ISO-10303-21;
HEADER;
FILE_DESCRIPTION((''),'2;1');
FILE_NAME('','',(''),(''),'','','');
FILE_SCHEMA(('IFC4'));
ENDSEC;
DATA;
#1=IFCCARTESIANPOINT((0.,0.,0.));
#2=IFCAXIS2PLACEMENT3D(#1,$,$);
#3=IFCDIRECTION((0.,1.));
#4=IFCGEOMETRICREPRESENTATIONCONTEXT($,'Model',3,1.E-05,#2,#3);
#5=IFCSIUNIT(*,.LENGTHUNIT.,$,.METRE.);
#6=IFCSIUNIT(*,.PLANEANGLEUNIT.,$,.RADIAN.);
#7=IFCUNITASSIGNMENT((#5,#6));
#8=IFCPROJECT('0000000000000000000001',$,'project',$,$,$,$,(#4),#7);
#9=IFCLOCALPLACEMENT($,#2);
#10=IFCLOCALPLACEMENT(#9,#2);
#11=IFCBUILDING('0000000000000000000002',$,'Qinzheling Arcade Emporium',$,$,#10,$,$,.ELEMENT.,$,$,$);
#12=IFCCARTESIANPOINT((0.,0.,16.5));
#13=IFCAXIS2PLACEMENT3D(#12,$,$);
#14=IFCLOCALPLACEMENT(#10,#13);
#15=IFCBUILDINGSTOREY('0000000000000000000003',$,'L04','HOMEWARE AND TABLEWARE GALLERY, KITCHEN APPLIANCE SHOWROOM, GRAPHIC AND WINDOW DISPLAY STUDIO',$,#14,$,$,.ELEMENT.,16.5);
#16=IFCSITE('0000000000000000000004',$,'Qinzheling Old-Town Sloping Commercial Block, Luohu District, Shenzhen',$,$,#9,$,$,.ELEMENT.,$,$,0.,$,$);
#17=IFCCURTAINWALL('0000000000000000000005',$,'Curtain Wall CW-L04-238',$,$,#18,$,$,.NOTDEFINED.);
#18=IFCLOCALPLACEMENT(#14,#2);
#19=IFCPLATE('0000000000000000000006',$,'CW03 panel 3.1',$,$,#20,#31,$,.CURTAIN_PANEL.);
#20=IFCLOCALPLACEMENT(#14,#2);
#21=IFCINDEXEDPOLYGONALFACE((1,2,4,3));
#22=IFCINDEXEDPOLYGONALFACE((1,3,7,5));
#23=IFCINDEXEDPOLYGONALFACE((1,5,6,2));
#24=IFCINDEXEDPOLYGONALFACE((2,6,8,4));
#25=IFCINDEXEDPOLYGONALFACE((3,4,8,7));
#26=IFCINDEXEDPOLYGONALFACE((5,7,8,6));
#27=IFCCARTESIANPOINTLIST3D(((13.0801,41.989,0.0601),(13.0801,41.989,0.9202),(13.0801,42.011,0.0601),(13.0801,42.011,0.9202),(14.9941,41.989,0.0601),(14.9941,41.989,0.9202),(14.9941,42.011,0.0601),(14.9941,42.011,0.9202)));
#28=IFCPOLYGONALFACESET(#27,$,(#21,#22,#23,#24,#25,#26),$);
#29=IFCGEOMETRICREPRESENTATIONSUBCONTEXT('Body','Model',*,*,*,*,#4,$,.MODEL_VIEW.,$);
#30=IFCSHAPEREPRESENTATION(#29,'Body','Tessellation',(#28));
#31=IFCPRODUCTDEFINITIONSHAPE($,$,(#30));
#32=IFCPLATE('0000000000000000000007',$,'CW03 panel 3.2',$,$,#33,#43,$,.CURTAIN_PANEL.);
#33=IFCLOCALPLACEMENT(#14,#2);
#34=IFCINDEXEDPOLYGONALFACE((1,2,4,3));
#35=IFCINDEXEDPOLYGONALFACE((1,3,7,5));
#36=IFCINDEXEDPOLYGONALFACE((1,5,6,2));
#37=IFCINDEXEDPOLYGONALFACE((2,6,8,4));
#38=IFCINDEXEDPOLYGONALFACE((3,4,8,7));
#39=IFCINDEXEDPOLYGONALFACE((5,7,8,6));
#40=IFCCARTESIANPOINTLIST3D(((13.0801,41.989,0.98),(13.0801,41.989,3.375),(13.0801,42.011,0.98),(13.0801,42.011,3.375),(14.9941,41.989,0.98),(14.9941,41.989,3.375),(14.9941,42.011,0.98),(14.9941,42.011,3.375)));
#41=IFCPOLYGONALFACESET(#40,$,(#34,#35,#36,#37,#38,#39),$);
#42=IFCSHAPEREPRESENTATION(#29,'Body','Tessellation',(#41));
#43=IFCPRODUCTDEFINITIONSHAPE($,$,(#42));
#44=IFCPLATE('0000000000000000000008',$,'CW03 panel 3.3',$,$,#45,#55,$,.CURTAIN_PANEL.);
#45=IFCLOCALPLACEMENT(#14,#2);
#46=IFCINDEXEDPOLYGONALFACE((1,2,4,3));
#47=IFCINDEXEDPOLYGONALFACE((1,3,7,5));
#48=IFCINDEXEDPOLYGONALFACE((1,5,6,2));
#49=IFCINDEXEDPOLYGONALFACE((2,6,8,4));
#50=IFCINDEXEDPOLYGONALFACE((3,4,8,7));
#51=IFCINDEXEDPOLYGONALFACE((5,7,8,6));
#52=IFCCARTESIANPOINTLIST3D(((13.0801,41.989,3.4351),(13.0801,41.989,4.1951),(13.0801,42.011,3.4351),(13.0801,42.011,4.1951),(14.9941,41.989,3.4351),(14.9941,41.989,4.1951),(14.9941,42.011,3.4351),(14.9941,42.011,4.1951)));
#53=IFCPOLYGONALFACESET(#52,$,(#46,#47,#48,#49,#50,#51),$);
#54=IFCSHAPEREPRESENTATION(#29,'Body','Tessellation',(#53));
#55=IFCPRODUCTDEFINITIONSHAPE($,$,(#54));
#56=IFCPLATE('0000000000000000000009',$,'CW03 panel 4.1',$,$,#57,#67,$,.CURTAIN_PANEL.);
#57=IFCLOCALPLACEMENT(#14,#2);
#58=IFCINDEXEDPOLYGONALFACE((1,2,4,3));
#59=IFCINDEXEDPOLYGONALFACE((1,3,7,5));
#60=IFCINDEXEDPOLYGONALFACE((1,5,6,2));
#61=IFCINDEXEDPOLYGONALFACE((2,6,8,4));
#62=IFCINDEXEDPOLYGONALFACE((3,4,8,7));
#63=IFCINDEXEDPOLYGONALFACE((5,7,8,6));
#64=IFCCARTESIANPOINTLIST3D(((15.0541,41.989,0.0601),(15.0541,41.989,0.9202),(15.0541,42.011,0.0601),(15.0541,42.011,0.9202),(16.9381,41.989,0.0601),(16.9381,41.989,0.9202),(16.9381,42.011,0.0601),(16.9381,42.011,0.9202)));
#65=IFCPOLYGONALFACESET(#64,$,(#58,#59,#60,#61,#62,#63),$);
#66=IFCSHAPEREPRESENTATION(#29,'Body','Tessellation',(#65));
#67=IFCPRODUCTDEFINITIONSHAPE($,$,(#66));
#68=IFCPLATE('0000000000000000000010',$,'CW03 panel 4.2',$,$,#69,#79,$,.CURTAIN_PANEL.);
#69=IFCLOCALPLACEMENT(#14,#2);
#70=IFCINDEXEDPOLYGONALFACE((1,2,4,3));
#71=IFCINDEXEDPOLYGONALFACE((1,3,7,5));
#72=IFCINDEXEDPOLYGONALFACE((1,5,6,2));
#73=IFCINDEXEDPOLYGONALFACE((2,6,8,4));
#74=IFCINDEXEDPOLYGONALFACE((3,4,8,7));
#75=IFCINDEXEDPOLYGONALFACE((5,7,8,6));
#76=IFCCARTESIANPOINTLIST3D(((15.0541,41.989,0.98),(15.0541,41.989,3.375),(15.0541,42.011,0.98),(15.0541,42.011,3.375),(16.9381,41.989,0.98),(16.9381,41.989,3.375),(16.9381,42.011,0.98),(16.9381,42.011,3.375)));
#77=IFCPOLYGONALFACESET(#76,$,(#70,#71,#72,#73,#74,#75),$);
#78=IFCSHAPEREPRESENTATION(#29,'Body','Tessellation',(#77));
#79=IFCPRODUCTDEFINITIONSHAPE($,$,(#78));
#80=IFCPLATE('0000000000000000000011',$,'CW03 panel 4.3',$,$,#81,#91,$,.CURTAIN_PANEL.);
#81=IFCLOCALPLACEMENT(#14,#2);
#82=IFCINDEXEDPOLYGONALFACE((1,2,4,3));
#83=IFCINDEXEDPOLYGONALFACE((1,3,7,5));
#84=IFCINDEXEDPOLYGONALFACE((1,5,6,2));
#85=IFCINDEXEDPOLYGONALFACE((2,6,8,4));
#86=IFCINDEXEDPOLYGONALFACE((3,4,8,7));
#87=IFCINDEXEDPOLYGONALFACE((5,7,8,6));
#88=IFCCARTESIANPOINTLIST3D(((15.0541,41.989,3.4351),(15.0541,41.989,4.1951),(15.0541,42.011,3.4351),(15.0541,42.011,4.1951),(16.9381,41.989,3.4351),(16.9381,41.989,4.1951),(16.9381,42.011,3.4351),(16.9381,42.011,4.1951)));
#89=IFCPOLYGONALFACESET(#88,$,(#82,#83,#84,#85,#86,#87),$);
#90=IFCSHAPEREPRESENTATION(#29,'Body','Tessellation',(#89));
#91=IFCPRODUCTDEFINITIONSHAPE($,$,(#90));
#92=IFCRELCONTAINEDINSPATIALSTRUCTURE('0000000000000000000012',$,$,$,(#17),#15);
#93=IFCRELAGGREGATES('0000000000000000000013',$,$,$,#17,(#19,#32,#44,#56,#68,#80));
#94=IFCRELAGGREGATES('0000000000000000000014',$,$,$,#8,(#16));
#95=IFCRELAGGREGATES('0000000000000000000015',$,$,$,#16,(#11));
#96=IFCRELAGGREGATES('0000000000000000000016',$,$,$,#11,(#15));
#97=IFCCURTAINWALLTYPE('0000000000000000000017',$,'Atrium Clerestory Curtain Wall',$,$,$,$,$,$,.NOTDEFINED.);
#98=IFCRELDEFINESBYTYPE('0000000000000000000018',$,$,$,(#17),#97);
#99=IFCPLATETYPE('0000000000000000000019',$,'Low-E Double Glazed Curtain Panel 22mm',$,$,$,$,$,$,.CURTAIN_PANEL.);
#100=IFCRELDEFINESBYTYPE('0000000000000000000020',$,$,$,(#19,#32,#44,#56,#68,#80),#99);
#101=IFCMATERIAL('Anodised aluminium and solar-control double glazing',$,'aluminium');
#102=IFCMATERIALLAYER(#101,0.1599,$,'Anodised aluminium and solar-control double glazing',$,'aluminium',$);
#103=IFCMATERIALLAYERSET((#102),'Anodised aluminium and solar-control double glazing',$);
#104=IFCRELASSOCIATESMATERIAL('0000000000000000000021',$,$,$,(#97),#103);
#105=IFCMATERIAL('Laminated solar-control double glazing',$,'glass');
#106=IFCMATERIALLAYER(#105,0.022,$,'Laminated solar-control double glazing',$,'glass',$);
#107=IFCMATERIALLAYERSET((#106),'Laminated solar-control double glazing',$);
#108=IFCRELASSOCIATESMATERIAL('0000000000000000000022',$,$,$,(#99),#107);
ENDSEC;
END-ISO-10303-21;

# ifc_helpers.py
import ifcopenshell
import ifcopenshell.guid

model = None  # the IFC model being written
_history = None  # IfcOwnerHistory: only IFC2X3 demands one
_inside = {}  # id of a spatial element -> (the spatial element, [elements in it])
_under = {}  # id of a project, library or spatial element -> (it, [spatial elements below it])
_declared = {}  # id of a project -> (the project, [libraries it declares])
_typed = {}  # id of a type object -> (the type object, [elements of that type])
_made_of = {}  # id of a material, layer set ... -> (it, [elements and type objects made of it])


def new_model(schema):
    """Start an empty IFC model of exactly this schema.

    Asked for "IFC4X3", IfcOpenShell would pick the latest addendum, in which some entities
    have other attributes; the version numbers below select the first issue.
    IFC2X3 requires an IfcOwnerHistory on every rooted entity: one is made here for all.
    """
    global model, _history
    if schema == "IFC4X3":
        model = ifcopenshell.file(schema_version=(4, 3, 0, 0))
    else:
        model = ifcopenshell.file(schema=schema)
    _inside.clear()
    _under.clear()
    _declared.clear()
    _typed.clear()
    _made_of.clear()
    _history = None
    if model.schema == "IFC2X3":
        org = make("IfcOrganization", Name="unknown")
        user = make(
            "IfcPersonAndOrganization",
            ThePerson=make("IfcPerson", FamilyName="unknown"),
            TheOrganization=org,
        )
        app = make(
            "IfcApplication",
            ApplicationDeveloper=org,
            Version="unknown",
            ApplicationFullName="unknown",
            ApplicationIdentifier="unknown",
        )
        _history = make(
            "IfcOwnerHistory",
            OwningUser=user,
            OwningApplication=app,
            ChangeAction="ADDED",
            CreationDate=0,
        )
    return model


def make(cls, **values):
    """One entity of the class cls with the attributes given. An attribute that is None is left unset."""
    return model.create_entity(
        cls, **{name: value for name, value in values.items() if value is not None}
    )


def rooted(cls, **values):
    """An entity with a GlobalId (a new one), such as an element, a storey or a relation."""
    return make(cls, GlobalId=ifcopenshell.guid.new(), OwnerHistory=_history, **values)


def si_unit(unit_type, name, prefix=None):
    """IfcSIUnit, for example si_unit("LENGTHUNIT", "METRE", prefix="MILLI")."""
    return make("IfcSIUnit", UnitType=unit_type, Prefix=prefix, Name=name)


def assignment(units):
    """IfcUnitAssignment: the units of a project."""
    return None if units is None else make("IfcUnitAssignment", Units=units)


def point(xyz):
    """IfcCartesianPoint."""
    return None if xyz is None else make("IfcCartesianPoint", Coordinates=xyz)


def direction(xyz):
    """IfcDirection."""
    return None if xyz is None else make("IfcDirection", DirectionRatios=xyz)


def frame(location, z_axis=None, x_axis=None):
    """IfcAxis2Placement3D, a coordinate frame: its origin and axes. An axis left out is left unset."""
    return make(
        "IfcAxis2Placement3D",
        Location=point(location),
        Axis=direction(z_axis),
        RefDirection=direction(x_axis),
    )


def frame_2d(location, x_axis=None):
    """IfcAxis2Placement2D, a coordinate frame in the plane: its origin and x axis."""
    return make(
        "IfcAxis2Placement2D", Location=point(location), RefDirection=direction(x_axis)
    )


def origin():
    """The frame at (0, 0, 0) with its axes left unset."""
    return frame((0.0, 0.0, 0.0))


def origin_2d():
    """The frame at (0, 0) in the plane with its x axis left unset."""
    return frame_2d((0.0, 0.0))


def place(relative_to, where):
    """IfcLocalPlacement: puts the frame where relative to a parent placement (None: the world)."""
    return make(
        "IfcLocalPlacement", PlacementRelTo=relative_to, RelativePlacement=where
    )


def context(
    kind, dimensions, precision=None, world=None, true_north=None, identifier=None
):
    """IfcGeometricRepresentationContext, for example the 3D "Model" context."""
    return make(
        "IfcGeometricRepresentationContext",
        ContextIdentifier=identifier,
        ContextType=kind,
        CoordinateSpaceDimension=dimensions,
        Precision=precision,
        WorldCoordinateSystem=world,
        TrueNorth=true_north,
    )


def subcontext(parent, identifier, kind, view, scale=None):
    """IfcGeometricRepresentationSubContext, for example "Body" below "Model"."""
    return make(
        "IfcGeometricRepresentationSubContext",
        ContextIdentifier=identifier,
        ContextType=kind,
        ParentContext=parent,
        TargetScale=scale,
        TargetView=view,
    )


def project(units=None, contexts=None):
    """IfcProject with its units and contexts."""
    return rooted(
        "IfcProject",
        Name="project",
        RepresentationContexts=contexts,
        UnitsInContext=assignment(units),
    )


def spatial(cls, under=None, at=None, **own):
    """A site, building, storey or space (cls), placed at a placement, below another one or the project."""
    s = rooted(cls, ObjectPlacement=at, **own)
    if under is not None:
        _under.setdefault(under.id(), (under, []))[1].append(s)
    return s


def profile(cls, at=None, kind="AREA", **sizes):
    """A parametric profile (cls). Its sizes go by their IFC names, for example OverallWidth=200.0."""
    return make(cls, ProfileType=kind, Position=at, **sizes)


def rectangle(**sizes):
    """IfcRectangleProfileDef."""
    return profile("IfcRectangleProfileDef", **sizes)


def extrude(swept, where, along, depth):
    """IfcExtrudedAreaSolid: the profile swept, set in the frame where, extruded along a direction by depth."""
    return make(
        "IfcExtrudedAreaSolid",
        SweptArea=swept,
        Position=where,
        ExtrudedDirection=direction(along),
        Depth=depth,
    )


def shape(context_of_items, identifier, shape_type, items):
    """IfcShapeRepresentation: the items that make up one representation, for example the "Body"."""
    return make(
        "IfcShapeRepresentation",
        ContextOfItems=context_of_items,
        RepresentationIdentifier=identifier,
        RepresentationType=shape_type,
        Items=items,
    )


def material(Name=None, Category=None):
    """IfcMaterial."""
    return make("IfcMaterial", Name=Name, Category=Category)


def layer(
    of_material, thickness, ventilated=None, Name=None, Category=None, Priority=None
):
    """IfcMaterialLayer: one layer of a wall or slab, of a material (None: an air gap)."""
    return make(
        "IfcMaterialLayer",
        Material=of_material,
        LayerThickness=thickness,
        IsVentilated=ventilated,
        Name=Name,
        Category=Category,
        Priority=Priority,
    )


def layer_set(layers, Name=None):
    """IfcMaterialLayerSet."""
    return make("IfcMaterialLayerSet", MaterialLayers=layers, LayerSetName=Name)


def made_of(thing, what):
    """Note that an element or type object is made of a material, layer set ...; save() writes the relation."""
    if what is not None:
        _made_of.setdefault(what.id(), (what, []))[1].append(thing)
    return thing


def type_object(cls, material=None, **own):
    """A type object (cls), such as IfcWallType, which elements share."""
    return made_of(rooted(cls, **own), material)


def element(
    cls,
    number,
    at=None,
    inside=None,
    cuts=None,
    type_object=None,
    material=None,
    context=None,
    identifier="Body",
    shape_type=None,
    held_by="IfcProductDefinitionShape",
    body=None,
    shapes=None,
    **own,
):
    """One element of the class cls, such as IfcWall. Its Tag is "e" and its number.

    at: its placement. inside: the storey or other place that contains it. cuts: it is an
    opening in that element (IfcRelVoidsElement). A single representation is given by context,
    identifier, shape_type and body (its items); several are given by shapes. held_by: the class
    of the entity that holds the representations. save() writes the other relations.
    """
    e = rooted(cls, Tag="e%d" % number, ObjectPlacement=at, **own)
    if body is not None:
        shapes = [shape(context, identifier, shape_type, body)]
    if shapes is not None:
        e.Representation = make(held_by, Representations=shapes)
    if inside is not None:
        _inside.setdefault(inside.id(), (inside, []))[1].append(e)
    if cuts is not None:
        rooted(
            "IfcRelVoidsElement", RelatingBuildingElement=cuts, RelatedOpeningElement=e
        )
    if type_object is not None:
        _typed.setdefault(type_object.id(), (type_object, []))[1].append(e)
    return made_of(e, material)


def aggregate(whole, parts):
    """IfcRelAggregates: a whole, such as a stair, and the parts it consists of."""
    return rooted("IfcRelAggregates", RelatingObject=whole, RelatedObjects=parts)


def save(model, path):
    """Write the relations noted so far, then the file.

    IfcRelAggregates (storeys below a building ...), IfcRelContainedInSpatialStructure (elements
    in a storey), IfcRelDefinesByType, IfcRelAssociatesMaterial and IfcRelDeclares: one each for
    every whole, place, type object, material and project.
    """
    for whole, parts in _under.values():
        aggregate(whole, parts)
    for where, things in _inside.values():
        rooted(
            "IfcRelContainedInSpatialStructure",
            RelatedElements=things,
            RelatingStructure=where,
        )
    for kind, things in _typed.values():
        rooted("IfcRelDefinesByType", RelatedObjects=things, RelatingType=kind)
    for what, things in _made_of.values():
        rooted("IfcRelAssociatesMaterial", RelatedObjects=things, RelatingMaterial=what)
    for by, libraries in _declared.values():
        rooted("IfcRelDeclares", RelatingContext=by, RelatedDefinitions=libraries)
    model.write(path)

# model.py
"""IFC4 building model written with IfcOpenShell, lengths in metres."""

from ifc_helpers import new_model, si_unit, direction, frame, origin, origin_2d, place, context, subcontext, project, spatial, rectangle, extrude, material, layer, layer_set, type_object, element, aggregate, save


model = new_model("IFC4")

# Units and contexts
model_context = context("Model", 3, precision=1e-05, world=origin(), true_north=direction((0.0, 1.0)))
body_context = subcontext(model_context, "Body", "Model", "MODEL_VIEW")
ifc_project = project(units=[si_unit("LENGTHUNIT", "METRE"), si_unit("PLANEANGLEUNIT", "RADIAN")], contexts=[model_context])

# Site, building, storey
site_placement = place(None, origin())
site = spatial("IfcSite", under=ifc_project, at=site_placement, Name="Qinzheling Old-Town Sloping Commercial Block, Luohu District, Shenzhen", CompositionType="ELEMENT", RefElevation=0.0)
building_placement = place(site_placement, origin())
building = spatial("IfcBuilding", under=site, at=building_placement, Name="Qinzheling Arcade Emporium", CompositionType="ELEMENT")
storey_placement = place(building_placement, frame((0.0, 0.0, 16.5)))
storey = spatial("IfcBuildingStorey", under=building, at=storey_placement, Name="L04", Description="HOMEWARE AND TABLEWARE GALLERY, KITCHEN APPLIANCE SHOWROOM, GRAPHIC AND WINDOW DISPLAY STUDIO", CompositionType="ELEMENT", Elevation=16.5)

# Curtain wall
ifc_material_1 = material(Name="Anodised aluminium and solar-control double glazing", Category="aluminium")
ifc_layer_1 = layer(ifc_material_1, 0.1599, Name="Anodised aluminium and solar-control double glazing", Category="aluminium")
ifc_layer_set_1 = layer_set([ifc_layer_1], Name="Anodised aluminium and solar-control double glazing")
curtain_wall_type = type_object("IfcCurtainWallType", Name="Atrium Clerestory Curtain Wall", PredefinedType="NOTDEFINED", material=ifc_layer_set_1)
curtain_wall_placement = place(storey_placement, origin())
curtain_wall = element("IfcCurtainWall", 1, at=curtain_wall_placement, inside=storey, type_object=curtain_wall_type, Name="Curtain Wall CW-L04-238", PredefinedType="NOTDEFINED")

# Plates
ifc_material_2 = material(Name="Laminated solar-control double glazing", Category="glass")
ifc_layer_2 = layer(ifc_material_2, 0.022, Name="Laminated solar-control double glazing", Category="glass")
ifc_layer_set_2 = layer_set([ifc_layer_2], Name="Laminated solar-control double glazing")
plate_type = type_object("IfcPlateType", Name="Low-E Double Glazed Curtain Panel 22mm", PredefinedType="CURTAIN_PANEL", material=ifc_layer_set_2)
plate_1_placement = place(storey_placement, frame((14.0371, 42.0, 0.0601), z_axis=(0.0, 0.0, 1.0), x_axis=(1.0, 0.0, 0.0)))
plate_1 = element("IfcPlate", 2, at=plate_1_placement, type_object=plate_type, Name="CW03 panel 3.1", PredefinedType="CURTAIN_PANEL", context=body_context, shape_type="SweptSolid", body=[
    extrude(rectangle(XDim=1.9141, YDim=0.022, at=origin_2d()), origin(), (0.0, 0.0, 1.0), 0.8601),
])
plate_2_placement = place(storey_placement, frame((14.0371, 42.0, 0.98), z_axis=(0.0, 0.0, 1.0), x_axis=(1.0, 0.0, 0.0)))
plate_2 = element("IfcPlate", 3, at=plate_2_placement, type_object=plate_type, Name="CW03 panel 3.2", PredefinedType="CURTAIN_PANEL", context=body_context, shape_type="SweptSolid", body=[
    extrude(rectangle(XDim=1.9141, YDim=0.022, at=origin_2d()), origin(), (0.0, 0.0, 1.0), 2.395),
])
plate_3_placement = place(storey_placement, frame((14.0371, 42.0, 3.4351), z_axis=(0.0, 0.0, 1.0), x_axis=(1.0, 0.0, 0.0)))
plate_3 = element("IfcPlate", 4, at=plate_3_placement, type_object=plate_type, Name="CW03 panel 3.3", PredefinedType="CURTAIN_PANEL", context=body_context, shape_type="SweptSolid", body=[
    extrude(rectangle(XDim=1.9141, YDim=0.022, at=origin_2d()), origin(), (0.0, 0.0, 1.0), 0.76),
])
plate_4_placement = place(storey_placement, frame((15.9961, 42.0, 0.0601), z_axis=(0.0, 0.0, 1.0), x_axis=(1.0, 0.0, 0.0)))
plate_4 = element("IfcPlate", 5, at=plate_4_placement, type_object=plate_type, Name="CW03 panel 4.1", PredefinedType="CURTAIN_PANEL", context=body_context, shape_type="SweptSolid", body=[
    extrude(rectangle(XDim=1.884, YDim=0.022, at=origin_2d()), origin(), (0.0, 0.0, 1.0), 0.8601),
])
plate_5_placement = place(storey_placement, frame((15.9961, 42.0, 0.98), z_axis=(0.0, 0.0, 1.0), x_axis=(1.0, 0.0, 0.0)))
plate_5 = element("IfcPlate", 6, at=plate_5_placement, type_object=plate_type, Name="CW03 panel 4.2", PredefinedType="CURTAIN_PANEL", context=body_context, shape_type="SweptSolid", body=[
    extrude(rectangle(XDim=1.884, YDim=0.022, at=origin_2d()), origin(), (0.0, 0.0, 1.0), 2.395),
])
plate_6_placement = place(storey_placement, frame((15.9961, 42.0, 3.4351), z_axis=(0.0, 0.0, 1.0), x_axis=(1.0, 0.0, 0.0)))
plate_6 = element("IfcPlate", 7, at=plate_6_placement, type_object=plate_type, Name="CW03 panel 4.3", PredefinedType="CURTAIN_PANEL", context=body_context, shape_type="SweptSolid", body=[
    extrude(rectangle(XDim=1.884, YDim=0.022, at=origin_2d()), origin(), (0.0, 0.0, 1.0), 0.76),
])
aggregate(curtain_wall, [plate_1, plate_2, plate_3, plate_4, plate_5, plate_6])

save(model, "model.ifc")
